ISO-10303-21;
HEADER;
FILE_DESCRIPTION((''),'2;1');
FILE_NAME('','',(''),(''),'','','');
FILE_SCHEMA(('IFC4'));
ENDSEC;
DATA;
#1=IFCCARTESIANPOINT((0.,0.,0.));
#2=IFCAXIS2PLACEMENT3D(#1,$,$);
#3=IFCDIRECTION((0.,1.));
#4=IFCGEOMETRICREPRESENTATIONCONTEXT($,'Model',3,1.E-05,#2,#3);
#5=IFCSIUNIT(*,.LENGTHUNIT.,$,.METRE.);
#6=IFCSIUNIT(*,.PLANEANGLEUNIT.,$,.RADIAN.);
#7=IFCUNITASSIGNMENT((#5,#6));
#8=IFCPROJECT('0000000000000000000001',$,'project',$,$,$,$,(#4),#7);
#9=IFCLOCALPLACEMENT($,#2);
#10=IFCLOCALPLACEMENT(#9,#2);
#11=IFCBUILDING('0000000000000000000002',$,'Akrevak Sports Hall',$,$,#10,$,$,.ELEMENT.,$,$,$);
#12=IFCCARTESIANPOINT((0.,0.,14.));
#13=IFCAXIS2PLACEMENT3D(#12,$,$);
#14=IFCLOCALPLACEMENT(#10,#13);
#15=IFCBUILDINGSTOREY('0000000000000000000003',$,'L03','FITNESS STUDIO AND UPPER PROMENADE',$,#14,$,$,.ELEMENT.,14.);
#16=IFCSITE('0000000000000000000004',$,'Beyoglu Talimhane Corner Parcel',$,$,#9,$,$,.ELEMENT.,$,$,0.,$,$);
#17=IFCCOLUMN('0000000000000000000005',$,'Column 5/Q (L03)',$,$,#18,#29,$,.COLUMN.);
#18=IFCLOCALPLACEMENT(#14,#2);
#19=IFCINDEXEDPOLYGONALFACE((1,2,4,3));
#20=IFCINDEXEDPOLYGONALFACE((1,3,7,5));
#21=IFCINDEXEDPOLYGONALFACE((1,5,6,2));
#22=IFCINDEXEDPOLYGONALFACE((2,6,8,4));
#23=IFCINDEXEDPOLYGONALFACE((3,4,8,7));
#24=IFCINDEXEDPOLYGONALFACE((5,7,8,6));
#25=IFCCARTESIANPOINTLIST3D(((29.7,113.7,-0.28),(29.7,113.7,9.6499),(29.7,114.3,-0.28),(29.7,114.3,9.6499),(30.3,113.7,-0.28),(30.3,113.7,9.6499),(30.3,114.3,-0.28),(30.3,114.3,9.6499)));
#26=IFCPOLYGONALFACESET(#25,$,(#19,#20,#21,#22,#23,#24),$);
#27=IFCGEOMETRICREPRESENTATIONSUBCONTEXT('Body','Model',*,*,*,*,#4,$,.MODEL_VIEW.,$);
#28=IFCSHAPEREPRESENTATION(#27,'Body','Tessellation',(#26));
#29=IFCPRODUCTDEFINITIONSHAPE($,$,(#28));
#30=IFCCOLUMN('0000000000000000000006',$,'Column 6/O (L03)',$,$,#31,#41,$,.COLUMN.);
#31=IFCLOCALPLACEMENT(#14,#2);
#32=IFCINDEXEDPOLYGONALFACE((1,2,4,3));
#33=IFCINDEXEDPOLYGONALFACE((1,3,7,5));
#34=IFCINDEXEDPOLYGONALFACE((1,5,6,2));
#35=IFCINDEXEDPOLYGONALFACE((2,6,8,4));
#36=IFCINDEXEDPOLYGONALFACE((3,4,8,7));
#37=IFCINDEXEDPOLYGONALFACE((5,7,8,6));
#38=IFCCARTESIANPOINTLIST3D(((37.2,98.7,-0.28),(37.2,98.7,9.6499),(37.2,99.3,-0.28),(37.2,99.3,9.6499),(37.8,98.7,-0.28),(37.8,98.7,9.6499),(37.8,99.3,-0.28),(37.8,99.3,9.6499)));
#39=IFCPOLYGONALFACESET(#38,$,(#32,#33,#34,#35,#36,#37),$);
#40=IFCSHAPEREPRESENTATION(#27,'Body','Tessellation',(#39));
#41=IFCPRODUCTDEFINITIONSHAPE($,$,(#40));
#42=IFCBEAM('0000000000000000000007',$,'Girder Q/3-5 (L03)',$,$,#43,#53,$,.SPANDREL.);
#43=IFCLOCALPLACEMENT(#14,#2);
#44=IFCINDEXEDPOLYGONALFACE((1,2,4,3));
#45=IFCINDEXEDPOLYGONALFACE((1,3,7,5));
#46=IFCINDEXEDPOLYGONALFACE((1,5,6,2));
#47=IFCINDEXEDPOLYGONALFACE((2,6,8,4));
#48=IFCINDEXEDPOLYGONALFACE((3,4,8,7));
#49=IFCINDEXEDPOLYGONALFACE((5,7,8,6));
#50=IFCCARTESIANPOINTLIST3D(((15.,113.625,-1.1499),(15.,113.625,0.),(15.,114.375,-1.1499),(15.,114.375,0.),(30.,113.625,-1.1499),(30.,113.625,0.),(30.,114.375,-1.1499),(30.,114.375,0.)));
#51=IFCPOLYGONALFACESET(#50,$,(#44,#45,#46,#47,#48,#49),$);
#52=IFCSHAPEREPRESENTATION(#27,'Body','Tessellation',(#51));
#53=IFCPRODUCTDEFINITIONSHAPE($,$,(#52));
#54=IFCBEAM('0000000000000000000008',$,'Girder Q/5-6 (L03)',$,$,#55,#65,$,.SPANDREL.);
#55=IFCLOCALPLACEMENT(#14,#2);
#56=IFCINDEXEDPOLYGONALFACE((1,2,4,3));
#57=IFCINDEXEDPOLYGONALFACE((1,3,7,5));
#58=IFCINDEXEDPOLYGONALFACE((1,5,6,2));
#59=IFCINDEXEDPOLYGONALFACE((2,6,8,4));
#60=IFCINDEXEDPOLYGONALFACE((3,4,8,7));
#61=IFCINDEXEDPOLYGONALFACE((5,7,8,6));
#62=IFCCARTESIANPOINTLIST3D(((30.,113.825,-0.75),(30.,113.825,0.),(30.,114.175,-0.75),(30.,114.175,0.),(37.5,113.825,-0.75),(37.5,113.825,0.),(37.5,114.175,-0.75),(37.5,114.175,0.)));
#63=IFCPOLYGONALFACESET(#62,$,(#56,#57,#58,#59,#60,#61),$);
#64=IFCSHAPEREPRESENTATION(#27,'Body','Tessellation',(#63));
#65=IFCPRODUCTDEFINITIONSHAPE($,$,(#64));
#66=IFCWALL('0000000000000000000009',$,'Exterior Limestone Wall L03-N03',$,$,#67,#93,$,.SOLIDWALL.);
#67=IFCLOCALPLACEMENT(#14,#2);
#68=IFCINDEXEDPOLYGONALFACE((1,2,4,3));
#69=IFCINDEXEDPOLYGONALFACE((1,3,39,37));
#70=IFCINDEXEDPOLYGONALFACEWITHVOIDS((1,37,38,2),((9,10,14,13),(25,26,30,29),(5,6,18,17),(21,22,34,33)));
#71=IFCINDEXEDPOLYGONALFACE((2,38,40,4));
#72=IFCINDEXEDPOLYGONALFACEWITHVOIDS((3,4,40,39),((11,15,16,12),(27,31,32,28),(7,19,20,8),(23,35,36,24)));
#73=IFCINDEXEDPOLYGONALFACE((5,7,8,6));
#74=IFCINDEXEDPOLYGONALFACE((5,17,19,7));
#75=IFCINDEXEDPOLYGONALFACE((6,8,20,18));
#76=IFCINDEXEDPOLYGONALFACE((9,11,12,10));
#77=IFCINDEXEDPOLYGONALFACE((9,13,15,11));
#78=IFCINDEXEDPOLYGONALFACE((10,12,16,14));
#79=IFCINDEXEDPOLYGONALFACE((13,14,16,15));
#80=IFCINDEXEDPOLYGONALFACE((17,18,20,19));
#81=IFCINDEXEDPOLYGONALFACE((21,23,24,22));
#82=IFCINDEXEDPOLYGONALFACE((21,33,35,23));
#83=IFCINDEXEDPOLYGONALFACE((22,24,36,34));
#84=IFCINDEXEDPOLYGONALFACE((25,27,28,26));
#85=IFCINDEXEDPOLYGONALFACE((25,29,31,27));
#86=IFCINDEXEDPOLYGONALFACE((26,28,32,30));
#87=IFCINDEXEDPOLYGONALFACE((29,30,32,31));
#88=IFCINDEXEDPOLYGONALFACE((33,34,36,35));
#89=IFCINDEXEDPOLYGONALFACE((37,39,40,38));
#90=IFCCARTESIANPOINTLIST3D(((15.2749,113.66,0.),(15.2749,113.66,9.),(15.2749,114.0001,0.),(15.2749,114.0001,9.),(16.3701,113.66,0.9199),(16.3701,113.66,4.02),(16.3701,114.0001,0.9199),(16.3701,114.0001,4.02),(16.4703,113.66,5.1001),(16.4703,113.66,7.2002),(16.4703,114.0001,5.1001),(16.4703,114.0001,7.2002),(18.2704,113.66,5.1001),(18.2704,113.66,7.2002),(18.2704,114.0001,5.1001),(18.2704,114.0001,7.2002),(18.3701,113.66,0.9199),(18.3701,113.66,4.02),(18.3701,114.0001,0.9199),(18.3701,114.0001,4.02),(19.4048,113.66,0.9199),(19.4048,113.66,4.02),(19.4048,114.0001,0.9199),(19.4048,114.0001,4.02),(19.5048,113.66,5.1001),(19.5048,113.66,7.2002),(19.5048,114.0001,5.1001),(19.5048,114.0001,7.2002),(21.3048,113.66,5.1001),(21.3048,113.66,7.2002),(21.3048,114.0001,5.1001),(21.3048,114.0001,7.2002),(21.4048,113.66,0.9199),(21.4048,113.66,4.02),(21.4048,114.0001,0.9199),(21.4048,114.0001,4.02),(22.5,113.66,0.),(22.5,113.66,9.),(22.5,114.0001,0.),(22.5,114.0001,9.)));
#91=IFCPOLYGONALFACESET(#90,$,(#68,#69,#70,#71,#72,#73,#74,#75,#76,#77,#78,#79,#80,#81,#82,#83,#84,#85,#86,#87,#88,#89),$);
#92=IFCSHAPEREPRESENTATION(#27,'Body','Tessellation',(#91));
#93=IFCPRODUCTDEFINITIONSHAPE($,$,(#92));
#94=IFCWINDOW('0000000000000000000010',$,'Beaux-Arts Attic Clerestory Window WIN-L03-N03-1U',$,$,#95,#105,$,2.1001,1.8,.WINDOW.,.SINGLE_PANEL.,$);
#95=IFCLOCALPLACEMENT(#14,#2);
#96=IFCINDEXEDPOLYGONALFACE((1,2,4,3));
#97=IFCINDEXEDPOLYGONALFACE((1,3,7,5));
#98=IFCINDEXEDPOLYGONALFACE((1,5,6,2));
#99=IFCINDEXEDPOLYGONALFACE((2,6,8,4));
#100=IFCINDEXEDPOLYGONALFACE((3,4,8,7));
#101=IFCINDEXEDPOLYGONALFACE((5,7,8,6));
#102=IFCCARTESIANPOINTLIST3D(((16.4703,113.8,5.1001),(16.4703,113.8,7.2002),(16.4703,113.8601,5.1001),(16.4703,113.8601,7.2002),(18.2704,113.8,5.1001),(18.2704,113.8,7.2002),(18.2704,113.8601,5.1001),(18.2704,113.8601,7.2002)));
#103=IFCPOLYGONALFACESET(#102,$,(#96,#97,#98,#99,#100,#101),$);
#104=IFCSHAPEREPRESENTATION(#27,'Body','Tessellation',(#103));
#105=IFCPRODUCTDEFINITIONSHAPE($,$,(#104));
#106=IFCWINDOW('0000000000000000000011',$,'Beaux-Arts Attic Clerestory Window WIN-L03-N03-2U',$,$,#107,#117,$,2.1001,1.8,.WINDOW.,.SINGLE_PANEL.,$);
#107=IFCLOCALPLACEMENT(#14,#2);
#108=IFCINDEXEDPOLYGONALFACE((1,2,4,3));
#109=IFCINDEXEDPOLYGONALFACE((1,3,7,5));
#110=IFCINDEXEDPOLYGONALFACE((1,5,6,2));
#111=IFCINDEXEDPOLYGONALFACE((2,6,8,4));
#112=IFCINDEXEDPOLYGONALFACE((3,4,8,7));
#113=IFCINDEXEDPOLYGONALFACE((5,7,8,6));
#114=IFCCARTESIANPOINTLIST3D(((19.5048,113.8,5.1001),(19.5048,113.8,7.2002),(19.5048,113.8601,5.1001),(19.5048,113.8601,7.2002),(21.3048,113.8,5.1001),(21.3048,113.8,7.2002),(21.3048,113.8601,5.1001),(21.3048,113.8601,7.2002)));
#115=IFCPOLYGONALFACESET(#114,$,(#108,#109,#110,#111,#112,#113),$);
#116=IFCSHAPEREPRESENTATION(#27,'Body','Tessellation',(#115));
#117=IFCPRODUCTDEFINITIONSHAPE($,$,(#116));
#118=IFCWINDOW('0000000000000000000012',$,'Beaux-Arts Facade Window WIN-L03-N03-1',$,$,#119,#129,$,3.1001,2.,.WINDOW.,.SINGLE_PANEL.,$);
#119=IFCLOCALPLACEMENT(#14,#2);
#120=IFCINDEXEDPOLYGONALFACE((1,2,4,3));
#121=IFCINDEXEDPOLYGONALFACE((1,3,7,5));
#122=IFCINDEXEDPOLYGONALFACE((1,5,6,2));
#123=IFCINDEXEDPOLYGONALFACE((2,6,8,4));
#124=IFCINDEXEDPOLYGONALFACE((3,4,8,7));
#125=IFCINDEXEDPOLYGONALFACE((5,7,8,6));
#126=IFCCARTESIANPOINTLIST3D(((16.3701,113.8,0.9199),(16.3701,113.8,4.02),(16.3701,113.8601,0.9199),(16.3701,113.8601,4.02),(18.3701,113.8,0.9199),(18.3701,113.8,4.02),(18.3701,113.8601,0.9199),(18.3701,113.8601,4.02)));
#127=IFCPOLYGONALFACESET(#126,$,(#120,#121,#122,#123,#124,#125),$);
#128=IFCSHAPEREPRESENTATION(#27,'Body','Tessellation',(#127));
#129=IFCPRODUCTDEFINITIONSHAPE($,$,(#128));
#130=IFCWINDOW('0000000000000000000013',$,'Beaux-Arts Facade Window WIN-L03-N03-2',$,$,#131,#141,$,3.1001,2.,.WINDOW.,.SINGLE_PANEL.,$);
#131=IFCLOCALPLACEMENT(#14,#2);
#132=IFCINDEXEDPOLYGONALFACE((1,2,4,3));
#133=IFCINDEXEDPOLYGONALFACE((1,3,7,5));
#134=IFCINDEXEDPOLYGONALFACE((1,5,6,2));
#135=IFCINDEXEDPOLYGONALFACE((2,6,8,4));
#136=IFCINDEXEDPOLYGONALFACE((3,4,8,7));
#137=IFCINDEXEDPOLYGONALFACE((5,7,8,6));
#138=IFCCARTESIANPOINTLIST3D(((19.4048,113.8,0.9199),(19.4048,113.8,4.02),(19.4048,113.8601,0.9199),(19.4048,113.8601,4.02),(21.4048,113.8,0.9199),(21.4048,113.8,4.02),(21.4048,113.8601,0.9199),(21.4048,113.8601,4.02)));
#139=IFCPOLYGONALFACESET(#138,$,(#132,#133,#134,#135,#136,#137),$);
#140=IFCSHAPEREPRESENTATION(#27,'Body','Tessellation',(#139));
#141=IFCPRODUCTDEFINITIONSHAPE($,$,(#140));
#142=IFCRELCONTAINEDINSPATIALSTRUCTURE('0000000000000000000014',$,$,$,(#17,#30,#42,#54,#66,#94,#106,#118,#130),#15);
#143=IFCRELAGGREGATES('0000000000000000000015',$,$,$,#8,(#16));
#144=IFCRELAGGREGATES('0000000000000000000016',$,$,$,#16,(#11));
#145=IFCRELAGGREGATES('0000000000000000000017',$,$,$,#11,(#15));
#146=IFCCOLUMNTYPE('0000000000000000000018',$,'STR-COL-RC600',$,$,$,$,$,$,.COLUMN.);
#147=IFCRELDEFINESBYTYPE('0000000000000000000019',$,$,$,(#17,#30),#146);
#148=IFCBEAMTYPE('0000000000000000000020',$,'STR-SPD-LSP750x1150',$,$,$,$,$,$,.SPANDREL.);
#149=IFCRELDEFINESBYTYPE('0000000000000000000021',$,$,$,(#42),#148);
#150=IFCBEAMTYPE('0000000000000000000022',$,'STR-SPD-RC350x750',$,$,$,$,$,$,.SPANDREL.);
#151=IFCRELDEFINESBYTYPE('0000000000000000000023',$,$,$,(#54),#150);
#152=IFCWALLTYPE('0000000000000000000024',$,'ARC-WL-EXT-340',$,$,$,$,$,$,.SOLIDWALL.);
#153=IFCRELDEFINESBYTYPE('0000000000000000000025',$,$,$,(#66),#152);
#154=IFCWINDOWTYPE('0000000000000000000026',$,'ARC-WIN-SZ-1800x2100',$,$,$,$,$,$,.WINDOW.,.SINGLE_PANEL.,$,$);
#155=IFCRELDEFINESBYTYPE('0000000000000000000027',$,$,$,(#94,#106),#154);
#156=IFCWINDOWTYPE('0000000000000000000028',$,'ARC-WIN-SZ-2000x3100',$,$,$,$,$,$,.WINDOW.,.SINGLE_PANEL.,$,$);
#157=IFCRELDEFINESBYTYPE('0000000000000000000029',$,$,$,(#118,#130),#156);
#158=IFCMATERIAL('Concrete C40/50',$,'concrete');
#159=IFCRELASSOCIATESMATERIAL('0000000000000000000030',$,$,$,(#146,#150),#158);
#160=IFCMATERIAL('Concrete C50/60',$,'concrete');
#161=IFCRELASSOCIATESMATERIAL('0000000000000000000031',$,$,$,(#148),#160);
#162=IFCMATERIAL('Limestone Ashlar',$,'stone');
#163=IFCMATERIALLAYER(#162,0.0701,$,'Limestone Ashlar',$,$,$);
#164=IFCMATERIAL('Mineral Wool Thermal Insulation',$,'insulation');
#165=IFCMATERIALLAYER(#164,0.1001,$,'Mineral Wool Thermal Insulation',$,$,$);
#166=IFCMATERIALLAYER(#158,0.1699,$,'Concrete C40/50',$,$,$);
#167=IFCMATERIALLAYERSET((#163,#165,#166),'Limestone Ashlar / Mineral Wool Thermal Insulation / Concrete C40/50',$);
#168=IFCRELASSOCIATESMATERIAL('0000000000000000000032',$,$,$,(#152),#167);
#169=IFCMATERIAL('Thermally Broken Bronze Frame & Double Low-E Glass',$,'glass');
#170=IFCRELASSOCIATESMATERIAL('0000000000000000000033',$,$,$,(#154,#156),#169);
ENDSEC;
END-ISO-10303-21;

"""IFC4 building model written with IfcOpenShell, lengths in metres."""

from ifc_helpers import new_model, si_unit, direction, frame, frame_2d, origin, origin_2d, place, context, subcontext, project, spatial, rectangle, extrude, material, layer, layer_set, material_profile, profile_set, type_object, element, fill, save


model = new_model("IFC4")

# Units and contexts
model_context = context("Model", 3, precision=1e-05, world=origin(), true_north=direction((0.0, 1.0)))
body_context = subcontext(model_context, "Body", "Model", "MODEL_VIEW")
ifc_project = project(units=[si_unit("LENGTHUNIT", "METRE"), si_unit("PLANEANGLEUNIT", "RADIAN")], contexts=[model_context])

# Site, building, storey
site_placement = place(None, origin())
site = spatial("IfcSite", under=ifc_project, at=site_placement, Name="Beyoglu Talimhane Corner Parcel", CompositionType="ELEMENT", RefElevation=0.0)
building_placement = place(site_placement, origin())
building = spatial("IfcBuilding", under=site, at=building_placement, Name="Akrevak Sports Hall", CompositionType="ELEMENT")
storey_placement = place(building_placement, frame((0.0, 0.0, 14.0)))
storey = spatial("IfcBuildingStorey", under=building, at=storey_placement, Name="L03", Description="FITNESS STUDIO AND UPPER PROMENADE", CompositionType="ELEMENT", Elevation=14.0)

# Columns
ifc_material_1 = material(Name="Concrete C40/50", Category="concrete")
ifc_material_profile_1 = material_profile(ifc_material_1, rectangle(XDim=0.6001, YDim=0.6001, at=origin_2d()), Name="RC 600x600", Category="concrete")
ifc_profile_set_1 = profile_set([ifc_material_profile_1], Name="Concrete C40/50")
column_type = type_object("IfcColumnType", Name="STR-COL-RC600", PredefinedType="COLUMN", material=ifc_profile_set_1)
for number, where, z_axis, x_axis, name in (
    (1, (30.0, 114.0, -0.28), (0.0, 0.0, 1.0), (1.0, 0.0, 0.0), "Column 5/Q (L03)"),
    (2, (37.5, 99.0, -0.28), (0.0, 0.0, 1.0), (1.0, 0.0, 0.0), "Column 6/O (L03)"),
):
    element("IfcColumn", number, at=place(storey_placement, frame(where, z_axis=z_axis, x_axis=x_axis)), inside=storey, type_object=column_type, Name=name, PredefinedType="COLUMN", context=body_context, shape_type="SweptSolid", body=[
        extrude(rectangle(XDim=0.6001, YDim=0.6001, at=origin_2d()), origin(), (0.0, 0.0, 1.0), 9.9299),
    ])

# Beams
ifc_material_2 = material(Name="Concrete C50/60", Category="concrete")
ifc_material_profile_2 = material_profile(ifc_material_2, rectangle(XDim=0.75, YDim=1.1499, at=origin_2d()), Name="SPD 750x1150", Category="concrete")
ifc_profile_set_2 = profile_set([ifc_material_profile_2], Name="Concrete C50/60")
beam_type_1 = type_object("IfcBeamType", Name="STR-SPD-LSP750x1150", PredefinedType="SPANDREL", material=ifc_profile_set_2)
beam_1_placement = place(storey_placement, frame((15.0, 114.0, -0.575), z_axis=(1.0, 0.0, 0.0), x_axis=(0.0, 1.0, 0.0)))
element("IfcBeam", 3, at=beam_1_placement, inside=storey, type_object=beam_type_1, Name="Girder Q/3-5 (L03)", PredefinedType="SPANDREL", context=body_context, shape_type="SweptSolid", body=[
    extrude(rectangle(XDim=0.75, YDim=1.1499, at=origin_2d()), origin(), (0.0, 0.0, 1.0), 15.0),
])
ifc_material_profile_3 = material_profile(ifc_material_1, rectangle(XDim=0.3501, YDim=0.75, at=origin_2d()), Name="SPD 350x750", Category="concrete")
ifc_profile_set_3 = profile_set([ifc_material_profile_3], Name="Concrete C40/50")
beam_type_2 = type_object("IfcBeamType", Name="STR-SPD-RC350x750", PredefinedType="SPANDREL", material=ifc_profile_set_3)
beam_2_placement = place(storey_placement, frame((30.0, 114.0, -0.375), z_axis=(1.0, 0.0, 0.0), x_axis=(0.0, 1.0, 0.0)))
element("IfcBeam", 4, at=beam_2_placement, inside=storey, type_object=beam_type_2, Name="Girder Q/5-6 (L03)", PredefinedType="SPANDREL", context=body_context, shape_type="SweptSolid", body=[
    extrude(rectangle(XDim=0.3501, YDim=0.75, at=origin_2d()), origin(), (0.0, 0.0, 1.0), 7.5),
])

# Wall, openings, windows
ifc_material_3 = material(Name="Limestone Ashlar", Category="stone")
ifc_layer_1 = layer(ifc_material_3, 0.0701, Name="Limestone Ashlar")
ifc_material_4 = material(Name="Mineral Wool Thermal Insulation", Category="insulation")
ifc_layer_2 = layer(ifc_material_4, 0.1001, Name="Mineral Wool Thermal Insulation")
ifc_layer_3 = layer(ifc_material_1, 0.1699, Name="Concrete C40/50")
ifc_layer_set_1 = layer_set([ifc_layer_1, ifc_layer_2, ifc_layer_3], Name="Limestone Ashlar / Mineral Wool Thermal Insulation / Concrete C40/50")
wall_type = type_object("IfcWallType", Name="ARC-WL-EXT-340", PredefinedType="SOLIDWALL", material=ifc_layer_set_1)
wall_1_placement = place(storey_placement, frame((22.5, 113.8301, 0.0), z_axis=(0.0, 0.0, 1.0), x_axis=(-1.0, 0.0, 0.0)))
wall_1 = element("IfcWall", 5, at=wall_1_placement, inside=storey, type_object=wall_type, Name="Exterior Limestone Wall L03-N03", PredefinedType="SOLIDWALL", context=body_context, shape_type="SweptSolid", body=[
    extrude(rectangle(XDim=7.2251, YDim=0.3401, at=frame_2d((3.6125, 0.0))), origin(), (0.0, 0.0, 1.0), 9.0),
])
opening_1_placement = place(wall_1_placement, frame((4.1299, 0.0, 0.9199)))
opening_1 = element("IfcOpeningElement", 6, at=opening_1_placement, cuts=wall_1, PredefinedType="OPENING", context=body_context, shape_type="SweptSolid", body=[
    extrude(rectangle(XDim=2.0, YDim=3.1001, at=frame_2d((1.0, 1.55))), frame((0.0, 0.1821, 0.0), z_axis=(0.0, -1.0, 0.0), x_axis=(1.0, 0.0, 0.0)), (0.0, 0.0, 1.0), 0.364),
])
opening_2_placement = place(wall_1_placement, frame((4.2297, 0.0, 5.1001)))
opening_2 = element("IfcOpeningElement", 7, at=opening_2_placement, cuts=wall_1, PredefinedType="OPENING", context=body_context, shape_type="SweptSolid", body=[
    extrude(rectangle(XDim=1.8, YDim=2.1001, at=frame_2d((0.8999, 1.05))), frame((0.0, 0.1821, 0.0), z_axis=(0.0, -1.0, 0.0), x_axis=(1.0, 0.0, 0.0)), (0.0, 0.0, 1.0), 0.364),
])
opening_3_placement = place(wall_1_placement, frame((1.0952, 0.0, 0.9199)))
opening_3 = element("IfcOpeningElement", 8, at=opening_3_placement, cuts=wall_1, PredefinedType="OPENING", context=body_context, shape_type="SweptSolid", body=[
    extrude(rectangle(XDim=2.0, YDim=3.1001, at=frame_2d((1.0, 1.55))), frame((0.0, 0.1821, 0.0), z_axis=(0.0, -1.0, 0.0), x_axis=(1.0, 0.0, 0.0)), (0.0, 0.0, 1.0), 0.364),
])
opening_4_placement = place(wall_1_placement, frame((1.1953, 0.0, 5.1001)))
opening_4 = element("IfcOpeningElement", 9, at=opening_4_placement, cuts=wall_1, PredefinedType="OPENING", context=body_context, shape_type="SweptSolid", body=[
    extrude(rectangle(XDim=1.8, YDim=2.1001, at=frame_2d((0.8999, 1.05))), frame((0.0, 0.1821, 0.0), z_axis=(0.0, -1.0, 0.0), x_axis=(1.0, 0.0, 0.0)), (0.0, 0.0, 1.0), 0.364),
])
ifc_material_5 = material(Name="Thermally Broken Bronze Frame & Double Low-E Glass", Category="glass")
window_type_1 = type_object("IfcWindowType", Name="ARC-WIN-SZ-1800x2100", PartitioningType="SINGLE_PANEL", PredefinedType="WINDOW", material=ifc_material_5)
window_1_placement = place(opening_2_placement, origin())
window_1 = element("IfcWindow", 10, at=window_1_placement, inside=storey, type_object=window_type_1, Name="Beaux-Arts Attic Clerestory Window WIN-L03-N03-1U", OverallHeight=2.1001, OverallWidth=1.8, PartitioningType="SINGLE_PANEL", PredefinedType="WINDOW", context=body_context, shape_type="SweptSolid", body=[
    extrude(rectangle(XDim=1.8, YDim=2.1001, at=frame_2d((0.8999, 1.05))), frame((0.0, 0.03, 0.0), z_axis=(0.0, -1.0, 0.0), x_axis=(1.0, 0.0, 0.0)), (0.0, 0.0, 1.0), 0.0601),
])
fill(opening_2, window_1)
window_2_placement = place(opening_4_placement, origin())
window_2 = element("IfcWindow", 11, at=window_2_placement, inside=storey, type_object=window_type_1, Name="Beaux-Arts Attic Clerestory Window WIN-L03-N03-2U", OverallHeight=2.1001, OverallWidth=1.8, PartitioningType="SINGLE_PANEL", PredefinedType="WINDOW", context=body_context, shape_type="SweptSolid", body=[
    extrude(rectangle(XDim=1.8, YDim=2.1001, at=frame_2d((0.8999, 1.05))), frame((0.0, 0.03, 0.0), z_axis=(0.0, -1.0, 0.0), x_axis=(1.0, 0.0, 0.0)), (0.0, 0.0, 1.0), 0.0601),
])
fill(opening_4, window_2)
window_type_2 = type_object("IfcWindowType", Name="ARC-WIN-SZ-2000x3100", PartitioningType="SINGLE_PANEL", PredefinedType="WINDOW", material=ifc_material_5)
window_3_placement = place(opening_1_placement, origin())
window_3 = element("IfcWindow", 12, at=window_3_placement, inside=storey, type_object=window_type_2, Name="Beaux-Arts Facade Window WIN-L03-N03-1", OverallHeight=3.1001, OverallWidth=2.0, PartitioningType="SINGLE_PANEL", PredefinedType="WINDOW", context=body_context, shape_type="SweptSolid", body=[
    extrude(rectangle(XDim=2.0, YDim=3.1001, at=frame_2d((1.0, 1.55))), frame((0.0, 0.03, 0.0), z_axis=(0.0, -1.0, 0.0), x_axis=(1.0, 0.0, 0.0)), (0.0, 0.0, 1.0), 0.0601),
])
fill(opening_1, window_3)
window_4_placement = place(opening_3_placement, origin())
window_4 = element("IfcWindow", 13, at=window_4_placement, inside=storey, type_object=window_type_2, Name="Beaux-Arts Facade Window WIN-L03-N03-2", OverallHeight=3.1001, OverallWidth=2.0, PartitioningType="SINGLE_PANEL", PredefinedType="WINDOW", context=body_context, shape_type="SweptSolid", body=[
    extrude(rectangle(XDim=2.0, YDim=3.1001, at=frame_2d((1.0, 1.55))), frame((0.0, 0.03, 0.0), z_axis=(0.0, -1.0, 0.0), x_axis=(1.0, 0.0, 0.0)), (0.0, 0.0, 1.0), 0.0601),
])
fill(opening_3, window_4)

save(model, "model.ifc")
